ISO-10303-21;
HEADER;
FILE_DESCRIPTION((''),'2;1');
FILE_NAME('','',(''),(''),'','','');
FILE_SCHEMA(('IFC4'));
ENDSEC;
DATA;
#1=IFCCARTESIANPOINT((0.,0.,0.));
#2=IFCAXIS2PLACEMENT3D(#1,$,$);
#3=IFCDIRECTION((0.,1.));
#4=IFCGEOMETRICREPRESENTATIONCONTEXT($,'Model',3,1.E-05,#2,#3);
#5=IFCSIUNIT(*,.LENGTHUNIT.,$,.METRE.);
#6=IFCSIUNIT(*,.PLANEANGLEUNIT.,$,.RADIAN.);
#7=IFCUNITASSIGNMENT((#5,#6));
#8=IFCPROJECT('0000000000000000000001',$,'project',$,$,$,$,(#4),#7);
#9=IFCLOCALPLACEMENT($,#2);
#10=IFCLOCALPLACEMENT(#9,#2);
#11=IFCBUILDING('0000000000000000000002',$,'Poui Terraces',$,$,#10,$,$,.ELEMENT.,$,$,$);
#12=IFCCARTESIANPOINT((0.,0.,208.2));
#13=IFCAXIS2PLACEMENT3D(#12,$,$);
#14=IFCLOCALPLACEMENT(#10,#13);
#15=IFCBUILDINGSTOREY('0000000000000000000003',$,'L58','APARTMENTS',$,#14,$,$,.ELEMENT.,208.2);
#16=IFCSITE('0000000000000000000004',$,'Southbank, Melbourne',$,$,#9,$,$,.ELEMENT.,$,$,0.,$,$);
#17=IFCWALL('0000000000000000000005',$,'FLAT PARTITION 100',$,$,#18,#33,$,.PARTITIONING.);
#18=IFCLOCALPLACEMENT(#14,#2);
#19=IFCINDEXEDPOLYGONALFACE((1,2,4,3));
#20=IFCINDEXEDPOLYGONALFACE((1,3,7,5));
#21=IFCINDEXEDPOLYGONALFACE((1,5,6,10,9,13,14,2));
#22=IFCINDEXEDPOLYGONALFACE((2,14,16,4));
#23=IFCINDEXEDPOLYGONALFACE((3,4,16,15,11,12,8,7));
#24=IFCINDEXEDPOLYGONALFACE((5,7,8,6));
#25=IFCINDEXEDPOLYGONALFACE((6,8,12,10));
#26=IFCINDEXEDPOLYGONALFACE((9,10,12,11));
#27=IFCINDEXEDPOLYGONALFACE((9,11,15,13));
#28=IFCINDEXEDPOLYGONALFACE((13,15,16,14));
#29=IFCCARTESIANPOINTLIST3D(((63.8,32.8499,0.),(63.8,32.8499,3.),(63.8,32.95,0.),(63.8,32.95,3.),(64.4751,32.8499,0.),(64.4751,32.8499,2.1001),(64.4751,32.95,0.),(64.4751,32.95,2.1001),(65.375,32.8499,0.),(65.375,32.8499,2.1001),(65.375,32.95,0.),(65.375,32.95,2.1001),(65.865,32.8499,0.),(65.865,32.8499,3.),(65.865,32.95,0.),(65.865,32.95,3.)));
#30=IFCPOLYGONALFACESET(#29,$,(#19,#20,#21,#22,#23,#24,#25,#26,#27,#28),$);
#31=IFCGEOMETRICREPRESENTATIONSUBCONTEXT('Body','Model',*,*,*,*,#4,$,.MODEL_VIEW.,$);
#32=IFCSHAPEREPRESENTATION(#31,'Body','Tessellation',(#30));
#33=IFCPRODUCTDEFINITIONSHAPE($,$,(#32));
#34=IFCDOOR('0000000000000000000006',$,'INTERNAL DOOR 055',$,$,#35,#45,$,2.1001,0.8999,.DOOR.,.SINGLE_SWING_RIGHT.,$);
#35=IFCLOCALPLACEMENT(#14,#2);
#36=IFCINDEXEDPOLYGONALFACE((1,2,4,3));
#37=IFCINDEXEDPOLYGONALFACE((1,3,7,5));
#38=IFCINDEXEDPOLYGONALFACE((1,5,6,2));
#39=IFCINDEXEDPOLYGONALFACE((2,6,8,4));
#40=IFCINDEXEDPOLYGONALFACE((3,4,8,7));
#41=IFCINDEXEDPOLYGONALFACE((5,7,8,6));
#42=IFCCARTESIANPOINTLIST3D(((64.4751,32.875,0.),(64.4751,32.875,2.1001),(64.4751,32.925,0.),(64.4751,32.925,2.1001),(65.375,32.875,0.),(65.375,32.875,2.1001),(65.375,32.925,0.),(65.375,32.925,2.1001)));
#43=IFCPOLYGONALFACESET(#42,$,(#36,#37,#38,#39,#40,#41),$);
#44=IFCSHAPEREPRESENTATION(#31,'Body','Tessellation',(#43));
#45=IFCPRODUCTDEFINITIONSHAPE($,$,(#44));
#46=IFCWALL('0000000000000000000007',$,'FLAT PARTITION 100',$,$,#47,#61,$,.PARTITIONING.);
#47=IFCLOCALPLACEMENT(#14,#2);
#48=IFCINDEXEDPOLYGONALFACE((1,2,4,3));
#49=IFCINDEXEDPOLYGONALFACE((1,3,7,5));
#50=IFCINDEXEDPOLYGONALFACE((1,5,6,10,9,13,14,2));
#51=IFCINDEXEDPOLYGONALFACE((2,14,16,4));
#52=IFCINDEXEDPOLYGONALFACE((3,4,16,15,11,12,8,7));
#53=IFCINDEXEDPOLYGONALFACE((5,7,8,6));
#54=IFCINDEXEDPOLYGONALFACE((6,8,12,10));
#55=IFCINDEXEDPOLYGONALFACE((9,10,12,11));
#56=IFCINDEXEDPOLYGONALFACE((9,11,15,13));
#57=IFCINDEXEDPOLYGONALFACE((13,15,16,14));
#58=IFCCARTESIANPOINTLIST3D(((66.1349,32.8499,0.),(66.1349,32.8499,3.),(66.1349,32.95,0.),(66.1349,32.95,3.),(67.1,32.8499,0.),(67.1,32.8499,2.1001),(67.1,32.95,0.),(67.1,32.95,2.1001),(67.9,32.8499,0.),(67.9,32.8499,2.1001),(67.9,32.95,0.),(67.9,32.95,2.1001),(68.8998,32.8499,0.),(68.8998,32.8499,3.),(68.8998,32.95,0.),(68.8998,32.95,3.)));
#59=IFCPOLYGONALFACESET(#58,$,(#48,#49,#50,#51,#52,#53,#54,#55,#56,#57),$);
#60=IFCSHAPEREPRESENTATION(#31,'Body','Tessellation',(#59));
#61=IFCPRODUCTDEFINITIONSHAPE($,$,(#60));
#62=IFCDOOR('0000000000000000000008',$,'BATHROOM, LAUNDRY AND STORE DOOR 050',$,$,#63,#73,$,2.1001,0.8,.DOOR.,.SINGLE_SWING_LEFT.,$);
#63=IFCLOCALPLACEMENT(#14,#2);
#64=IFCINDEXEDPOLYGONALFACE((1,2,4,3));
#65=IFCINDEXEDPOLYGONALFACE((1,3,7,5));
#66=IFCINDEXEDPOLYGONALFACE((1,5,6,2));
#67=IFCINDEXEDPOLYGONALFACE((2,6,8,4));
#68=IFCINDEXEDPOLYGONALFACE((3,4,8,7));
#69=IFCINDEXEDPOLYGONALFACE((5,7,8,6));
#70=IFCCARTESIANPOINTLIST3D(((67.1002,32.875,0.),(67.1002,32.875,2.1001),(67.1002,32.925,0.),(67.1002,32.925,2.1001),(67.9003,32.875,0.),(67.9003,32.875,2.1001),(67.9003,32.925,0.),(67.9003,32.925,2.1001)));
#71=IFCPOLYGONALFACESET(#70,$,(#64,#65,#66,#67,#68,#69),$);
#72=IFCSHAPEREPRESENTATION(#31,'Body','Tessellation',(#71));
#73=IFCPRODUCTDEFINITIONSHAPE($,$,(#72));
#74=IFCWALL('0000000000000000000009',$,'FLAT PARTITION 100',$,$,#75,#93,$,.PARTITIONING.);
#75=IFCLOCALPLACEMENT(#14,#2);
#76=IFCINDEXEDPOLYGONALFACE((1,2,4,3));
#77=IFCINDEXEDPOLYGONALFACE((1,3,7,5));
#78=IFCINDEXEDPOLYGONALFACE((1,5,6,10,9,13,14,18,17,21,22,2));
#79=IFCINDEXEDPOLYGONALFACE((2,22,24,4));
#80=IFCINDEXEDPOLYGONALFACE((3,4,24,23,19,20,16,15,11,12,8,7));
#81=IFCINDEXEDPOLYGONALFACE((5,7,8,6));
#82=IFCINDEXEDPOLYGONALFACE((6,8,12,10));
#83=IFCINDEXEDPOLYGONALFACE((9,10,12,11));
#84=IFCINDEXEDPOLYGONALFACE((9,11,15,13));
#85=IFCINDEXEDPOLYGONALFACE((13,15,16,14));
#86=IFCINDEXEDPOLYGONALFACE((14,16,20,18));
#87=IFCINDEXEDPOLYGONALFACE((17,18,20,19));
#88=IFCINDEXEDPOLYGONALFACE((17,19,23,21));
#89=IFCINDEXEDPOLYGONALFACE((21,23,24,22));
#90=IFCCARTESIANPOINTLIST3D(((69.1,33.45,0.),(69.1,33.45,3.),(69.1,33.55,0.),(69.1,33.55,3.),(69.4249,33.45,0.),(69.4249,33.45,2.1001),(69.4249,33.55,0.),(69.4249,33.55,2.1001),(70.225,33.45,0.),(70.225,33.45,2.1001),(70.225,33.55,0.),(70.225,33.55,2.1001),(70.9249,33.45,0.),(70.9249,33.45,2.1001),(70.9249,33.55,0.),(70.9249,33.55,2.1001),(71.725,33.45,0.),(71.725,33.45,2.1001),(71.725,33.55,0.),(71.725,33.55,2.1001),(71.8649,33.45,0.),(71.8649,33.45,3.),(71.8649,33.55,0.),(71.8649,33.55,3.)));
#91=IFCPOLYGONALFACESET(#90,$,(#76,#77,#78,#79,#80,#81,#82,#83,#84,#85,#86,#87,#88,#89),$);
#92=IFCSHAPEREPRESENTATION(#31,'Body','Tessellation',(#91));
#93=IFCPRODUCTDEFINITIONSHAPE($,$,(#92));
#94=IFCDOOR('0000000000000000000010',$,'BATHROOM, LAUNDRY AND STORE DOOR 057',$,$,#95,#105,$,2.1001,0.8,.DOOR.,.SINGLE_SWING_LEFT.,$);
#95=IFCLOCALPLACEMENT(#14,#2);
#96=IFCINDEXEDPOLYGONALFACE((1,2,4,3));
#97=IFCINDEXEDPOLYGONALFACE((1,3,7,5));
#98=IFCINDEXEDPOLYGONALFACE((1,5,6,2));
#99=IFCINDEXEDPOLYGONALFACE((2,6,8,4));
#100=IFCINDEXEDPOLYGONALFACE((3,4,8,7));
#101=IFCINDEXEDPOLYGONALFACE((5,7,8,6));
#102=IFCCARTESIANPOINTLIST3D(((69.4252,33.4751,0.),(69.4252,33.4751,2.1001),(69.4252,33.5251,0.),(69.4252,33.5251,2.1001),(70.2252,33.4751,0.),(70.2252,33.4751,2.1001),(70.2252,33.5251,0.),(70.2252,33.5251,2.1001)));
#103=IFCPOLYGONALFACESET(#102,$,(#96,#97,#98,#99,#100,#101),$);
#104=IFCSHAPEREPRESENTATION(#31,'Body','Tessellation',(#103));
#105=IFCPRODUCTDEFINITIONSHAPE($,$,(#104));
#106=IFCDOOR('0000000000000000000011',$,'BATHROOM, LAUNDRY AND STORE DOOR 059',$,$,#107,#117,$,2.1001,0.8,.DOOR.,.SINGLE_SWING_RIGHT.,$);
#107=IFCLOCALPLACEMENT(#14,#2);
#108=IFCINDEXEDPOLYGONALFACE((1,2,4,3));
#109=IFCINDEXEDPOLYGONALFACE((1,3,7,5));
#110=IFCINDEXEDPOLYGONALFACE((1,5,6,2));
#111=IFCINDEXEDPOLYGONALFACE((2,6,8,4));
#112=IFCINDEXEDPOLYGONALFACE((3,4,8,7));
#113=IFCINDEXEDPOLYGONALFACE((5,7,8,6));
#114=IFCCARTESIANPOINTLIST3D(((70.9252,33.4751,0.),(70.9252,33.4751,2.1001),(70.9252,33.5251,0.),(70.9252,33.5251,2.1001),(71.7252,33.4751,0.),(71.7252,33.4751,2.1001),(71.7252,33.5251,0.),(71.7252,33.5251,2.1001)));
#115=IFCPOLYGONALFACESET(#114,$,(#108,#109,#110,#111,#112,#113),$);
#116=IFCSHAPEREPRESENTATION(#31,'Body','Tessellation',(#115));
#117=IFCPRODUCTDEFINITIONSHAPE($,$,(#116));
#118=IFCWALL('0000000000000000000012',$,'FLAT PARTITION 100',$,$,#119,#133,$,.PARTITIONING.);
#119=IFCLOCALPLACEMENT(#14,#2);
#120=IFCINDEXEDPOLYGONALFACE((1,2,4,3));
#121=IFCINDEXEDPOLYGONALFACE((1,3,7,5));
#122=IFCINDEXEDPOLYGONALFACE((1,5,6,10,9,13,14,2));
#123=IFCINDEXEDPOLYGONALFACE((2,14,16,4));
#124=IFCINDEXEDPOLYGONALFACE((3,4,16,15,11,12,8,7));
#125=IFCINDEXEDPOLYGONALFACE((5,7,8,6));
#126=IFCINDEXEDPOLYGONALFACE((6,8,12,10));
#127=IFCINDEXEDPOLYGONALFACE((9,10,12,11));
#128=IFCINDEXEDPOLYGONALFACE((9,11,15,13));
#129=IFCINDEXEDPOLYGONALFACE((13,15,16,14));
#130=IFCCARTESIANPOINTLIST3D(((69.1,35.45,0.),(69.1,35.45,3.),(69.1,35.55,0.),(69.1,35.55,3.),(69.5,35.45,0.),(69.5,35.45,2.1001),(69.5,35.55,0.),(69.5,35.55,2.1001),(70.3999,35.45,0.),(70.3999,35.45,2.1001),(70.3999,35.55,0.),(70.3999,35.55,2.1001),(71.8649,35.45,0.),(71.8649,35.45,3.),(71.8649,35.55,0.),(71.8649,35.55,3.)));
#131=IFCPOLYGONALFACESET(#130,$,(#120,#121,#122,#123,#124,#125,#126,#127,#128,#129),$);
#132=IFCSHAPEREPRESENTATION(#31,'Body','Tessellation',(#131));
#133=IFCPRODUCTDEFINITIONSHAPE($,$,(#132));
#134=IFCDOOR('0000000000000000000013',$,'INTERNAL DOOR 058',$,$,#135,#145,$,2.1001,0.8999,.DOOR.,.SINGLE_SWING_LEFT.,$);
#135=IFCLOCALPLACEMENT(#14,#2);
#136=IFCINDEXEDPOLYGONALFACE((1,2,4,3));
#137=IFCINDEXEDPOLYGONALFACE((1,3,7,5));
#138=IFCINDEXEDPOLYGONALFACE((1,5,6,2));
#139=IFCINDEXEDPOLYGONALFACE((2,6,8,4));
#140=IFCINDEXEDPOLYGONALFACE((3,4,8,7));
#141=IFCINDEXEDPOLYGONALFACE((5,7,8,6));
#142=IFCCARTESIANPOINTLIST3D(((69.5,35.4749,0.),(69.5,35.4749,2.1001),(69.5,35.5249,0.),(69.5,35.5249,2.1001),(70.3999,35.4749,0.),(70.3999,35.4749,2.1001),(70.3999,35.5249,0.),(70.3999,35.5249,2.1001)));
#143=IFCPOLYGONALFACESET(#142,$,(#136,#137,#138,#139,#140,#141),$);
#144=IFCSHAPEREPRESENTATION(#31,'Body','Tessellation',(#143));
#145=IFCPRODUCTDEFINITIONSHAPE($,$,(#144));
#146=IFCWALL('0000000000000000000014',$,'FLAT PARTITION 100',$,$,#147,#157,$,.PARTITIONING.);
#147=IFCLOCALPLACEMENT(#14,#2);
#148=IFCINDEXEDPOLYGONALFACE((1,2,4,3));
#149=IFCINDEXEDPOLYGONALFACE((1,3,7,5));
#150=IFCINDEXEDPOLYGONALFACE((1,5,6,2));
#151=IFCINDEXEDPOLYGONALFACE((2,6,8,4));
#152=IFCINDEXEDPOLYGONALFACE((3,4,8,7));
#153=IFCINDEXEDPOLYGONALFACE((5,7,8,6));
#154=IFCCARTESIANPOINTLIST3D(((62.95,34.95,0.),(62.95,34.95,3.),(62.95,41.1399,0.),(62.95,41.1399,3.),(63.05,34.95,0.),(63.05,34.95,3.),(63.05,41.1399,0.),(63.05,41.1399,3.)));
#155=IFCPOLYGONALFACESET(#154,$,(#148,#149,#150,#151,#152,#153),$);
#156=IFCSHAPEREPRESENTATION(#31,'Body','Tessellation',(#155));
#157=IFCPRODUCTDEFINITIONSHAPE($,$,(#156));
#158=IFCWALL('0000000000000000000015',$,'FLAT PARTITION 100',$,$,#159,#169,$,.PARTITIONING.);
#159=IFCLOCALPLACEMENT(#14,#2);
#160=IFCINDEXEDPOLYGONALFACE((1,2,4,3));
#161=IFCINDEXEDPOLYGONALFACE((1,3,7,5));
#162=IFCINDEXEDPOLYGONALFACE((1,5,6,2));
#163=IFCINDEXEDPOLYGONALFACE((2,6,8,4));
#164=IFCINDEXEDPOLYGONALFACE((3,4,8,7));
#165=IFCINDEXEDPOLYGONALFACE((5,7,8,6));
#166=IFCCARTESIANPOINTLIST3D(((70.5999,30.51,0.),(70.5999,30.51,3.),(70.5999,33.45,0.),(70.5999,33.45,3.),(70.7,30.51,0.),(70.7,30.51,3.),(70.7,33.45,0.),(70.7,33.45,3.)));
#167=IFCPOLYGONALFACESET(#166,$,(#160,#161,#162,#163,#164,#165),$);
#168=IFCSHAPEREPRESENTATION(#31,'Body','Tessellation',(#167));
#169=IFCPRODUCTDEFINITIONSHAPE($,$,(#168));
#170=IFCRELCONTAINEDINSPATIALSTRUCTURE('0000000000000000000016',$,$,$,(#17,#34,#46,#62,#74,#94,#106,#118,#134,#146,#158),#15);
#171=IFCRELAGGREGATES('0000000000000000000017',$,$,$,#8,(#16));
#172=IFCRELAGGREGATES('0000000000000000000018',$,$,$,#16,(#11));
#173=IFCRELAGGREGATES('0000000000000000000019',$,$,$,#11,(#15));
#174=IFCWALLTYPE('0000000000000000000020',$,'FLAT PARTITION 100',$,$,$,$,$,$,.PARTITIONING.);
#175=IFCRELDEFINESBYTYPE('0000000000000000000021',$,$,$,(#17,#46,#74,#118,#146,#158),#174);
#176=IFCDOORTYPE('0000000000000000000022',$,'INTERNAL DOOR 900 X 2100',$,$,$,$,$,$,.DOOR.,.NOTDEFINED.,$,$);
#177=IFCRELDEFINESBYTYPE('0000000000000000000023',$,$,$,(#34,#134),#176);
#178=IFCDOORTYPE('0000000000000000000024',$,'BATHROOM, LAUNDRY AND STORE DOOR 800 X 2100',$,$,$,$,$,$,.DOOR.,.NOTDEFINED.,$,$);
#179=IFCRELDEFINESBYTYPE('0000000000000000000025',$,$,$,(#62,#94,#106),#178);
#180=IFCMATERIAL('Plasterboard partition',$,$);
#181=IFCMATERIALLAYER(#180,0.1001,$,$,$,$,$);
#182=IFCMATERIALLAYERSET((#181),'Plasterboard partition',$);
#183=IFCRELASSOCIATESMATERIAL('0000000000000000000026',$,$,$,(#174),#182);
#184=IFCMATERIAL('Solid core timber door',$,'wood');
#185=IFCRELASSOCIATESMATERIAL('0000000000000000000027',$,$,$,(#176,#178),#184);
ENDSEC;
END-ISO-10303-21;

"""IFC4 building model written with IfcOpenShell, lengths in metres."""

from ifc_helpers import new_model, si_unit, direction, frame, frame_2d, origin, place, context, subcontext, project, spatial, rectangle, extrude, material, layer, layer_set, type_object, element, fill, save


model = new_model("IFC4")

# Units and contexts
model_context = context("Model", 3, precision=1e-05, world=origin(), true_north=direction((0.0, 1.0)))
body_context = subcontext(model_context, "Body", "Model", "MODEL_VIEW")
ifc_project = project(units=[si_unit("LENGTHUNIT", "METRE"), si_unit("PLANEANGLEUNIT", "RADIAN")], contexts=[model_context])

# Site, building, storey
site_placement = place(None, origin())
site = spatial("IfcSite", under=ifc_project, at=site_placement, Name="Southbank, Melbourne", CompositionType="ELEMENT", RefElevation=0.0)
building_placement = place(site_placement, origin())
building = spatial("IfcBuilding", under=site, at=building_placement, Name="Poui Terraces", CompositionType="ELEMENT")
storey_placement = place(building_placement, frame((0.0, 0.0, 208.2)))
storey = spatial("IfcBuildingStorey", under=building, at=storey_placement, Name="L58", Description="APARTMENTS", CompositionType="ELEMENT", Elevation=208.2)

# Walls, openings, doors
ifc_material_1 = material(Name="Plasterboard partition")
ifc_layer_1 = layer(ifc_material_1, 0.1001)
ifc_layer_set_1 = layer_set([ifc_layer_1], Name="Plasterboard partition")
wall_type_1 = type_object("IfcWallType", Name="FLAT PARTITION 100", PredefinedType="PARTITIONING", material=ifc_layer_set_1)
wall_1_placement = place(storey_placement, frame((63.8, 32.8999, 0.0), z_axis=(0.0, 0.0, 1.0), x_axis=(1.0, 0.0, 0.0)))
wall_1 = element("IfcWall", 1, at=wall_1_placement, inside=storey, type_object=wall_type_1, Name="FLAT PARTITION 100", PredefinedType="PARTITIONING", context=body_context, shape_type="SweptSolid", body=[
    extrude(rectangle(XDim=2.0649, YDim=0.1001, at=frame_2d((1.0325, 0.0))), origin(), (0.0, 0.0, 1.0), 3.0),
])
opening_1_placement = place(wall_1_placement, frame((0.675, 0.0, 0.0)))
opening_1 = element("IfcOpeningElement", 2, at=opening_1_placement, cuts=wall_1, PredefinedType="OPENING", context=body_context, shape_type="SweptSolid", body=[
    extrude(rectangle(XDim=0.8999, YDim=2.1001, at=frame_2d((0.45, 1.05))), frame((0.0, 0.0601, 0.0), z_axis=(0.0, -1.0, 0.0), x_axis=(1.0, 0.0, 0.0)), (0.0, 0.0, 1.0), 0.1201),
])
ifc_material_2 = material(Name="Solid core timber door", Category="wood")
door_type_1 = type_object("IfcDoorType", Name="INTERNAL DOOR 900 X 2100", OperationType="NOTDEFINED", PredefinedType="DOOR", material=ifc_material_2)
door_1_placement = place(opening_1_placement, frame((0.8999, 0.0, 0.0), z_axis=(0.0, 0.0, 1.0), x_axis=(-1.0, 0.0, 0.0)))
door_1 = element("IfcDoor", 3, at=door_1_placement, inside=storey, type_object=door_type_1, Name="INTERNAL DOOR 055", OperationType="SINGLE_SWING_RIGHT", OverallHeight=2.1001, OverallWidth=0.8999, PredefinedType="DOOR", context=body_context, shape_type="SweptSolid", body=[
    extrude(rectangle(XDim=0.8999, YDim=2.1001, at=frame_2d((0.45, 1.05))), frame((0.0, 0.0249, 0.0), z_axis=(0.0, -1.0, 0.0), x_axis=(1.0, 0.0, 0.0)), (0.0, 0.0, 1.0), 0.05),
])
fill(opening_1, door_1)
wall_2_placement = place(storey_placement, frame((66.135, 32.8999, 0.0), z_axis=(0.0, 0.0, 1.0), x_axis=(1.0, 0.0, 0.0)))
wall_2 = element("IfcWall", 4, at=wall_2_placement, inside=storey, type_object=wall_type_1, Name="FLAT PARTITION 100", PredefinedType="PARTITIONING", context=body_context, shape_type="SweptSolid", body=[
    extrude(rectangle(XDim=2.7649, YDim=0.1001, at=frame_2d((1.3823, 0.0))), origin(), (0.0, 0.0, 1.0), 3.0),
])
opening_2_placement = place(wall_2_placement, frame((0.9651, 0.0, 0.0)))
opening_2 = element("IfcOpeningElement", 5, at=opening_2_placement, cuts=wall_2, PredefinedType="OPENING", context=body_context, shape_type="SweptSolid", body=[
    extrude(rectangle(XDim=0.8, YDim=2.1001, at=frame_2d((0.3999, 1.05))), frame((0.0, 0.0601, 0.0), z_axis=(0.0, -1.0, 0.0), x_axis=(1.0, 0.0, 0.0)), (0.0, 0.0, 1.0), 0.1201),
])
door_type_2 = type_object("IfcDoorType", Name="BATHROOM, LAUNDRY AND STORE DOOR 800 X 2100", OperationType="NOTDEFINED", PredefinedType="DOOR", material=ifc_material_2)
door_2_placement = place(opening_2_placement, frame((0.8, 0.0, 0.0), z_axis=(0.0, 0.0, 1.0), x_axis=(-1.0, 0.0, 0.0)))
door_2 = element("IfcDoor", 6, at=door_2_placement, inside=storey, type_object=door_type_2, Name="BATHROOM, LAUNDRY AND STORE DOOR 050", OperationType="SINGLE_SWING_LEFT", OverallHeight=2.1001, OverallWidth=0.8, PredefinedType="DOOR", context=body_context, shape_type="SweptSolid", body=[
    extrude(rectangle(XDim=0.8, YDim=2.1001, at=frame_2d((0.3999, 1.05))), frame((0.0, 0.0249, 0.0), z_axis=(0.0, -1.0, 0.0), x_axis=(1.0, 0.0, 0.0)), (0.0, 0.0, 1.0), 0.05),
])
fill(opening_2, door_2)

# Wall, openings, doors
wall_3_placement = place(storey_placement, frame((69.1001, 33.5, 0.0), z_axis=(0.0, 0.0, 1.0), x_axis=(1.0, 0.0, 0.0)))
wall_3 = element("IfcWall", 7, at=wall_3_placement, inside=storey, type_object=wall_type_1, Name="FLAT PARTITION 100", PredefinedType="PARTITIONING", context=body_context, shape_type="SweptSolid", body=[
    extrude(rectangle(XDim=2.7649, YDim=0.1001, at=frame_2d((1.3823, 0.0))), origin(), (0.0, 0.0, 1.0), 3.0),
])
opening_3_placement = place(wall_3_placement, frame((0.325, 0.0, 0.0)))
opening_3 = element("IfcOpeningElement", 8, at=opening_3_placement, cuts=wall_3, PredefinedType="OPENING", context=body_context, shape_type="SweptSolid", body=[
    extrude(rectangle(XDim=0.8, YDim=2.1001, at=frame_2d((0.3999, 1.05))), frame((0.0, 0.0601, 0.0), z_axis=(0.0, -1.0, 0.0), x_axis=(1.0, 0.0, 0.0)), (0.0, 0.0, 1.0), 0.1201),
])
opening_4_placement = place(wall_3_placement, frame((1.825, 0.0, 0.0)))
opening_4 = element("IfcOpeningElement", 9, at=opening_4_placement, cuts=wall_3, PredefinedType="OPENING", context=body_context, shape_type="SweptSolid", body=[
    extrude(rectangle(XDim=0.8, YDim=2.1001, at=frame_2d((0.3999, 1.05))), frame((0.0, 0.0601, 0.0), z_axis=(0.0, -1.0, 0.0), x_axis=(1.0, 0.0, 0.0)), (0.0, 0.0, 1.0), 0.1201),
])
door_3_placement = place(opening_3_placement, frame((0.8, 0.0, 0.0), z_axis=(0.0, 0.0, 1.0), x_axis=(-1.0, 0.0, 0.0)))
door_3 = element("IfcDoor", 10, at=door_3_placement, inside=storey, type_object=door_type_2, Name="BATHROOM, LAUNDRY AND STORE DOOR 057", OperationType="SINGLE_SWING_LEFT", OverallHeight=2.1001, OverallWidth=0.8, PredefinedType="DOOR", context=body_context, shape_type="SweptSolid", body=[
    extrude(rectangle(XDim=0.8, YDim=2.1001, at=frame_2d((0.3999, 1.05))), frame((0.0, 0.0249, 0.0), z_axis=(0.0, -1.0, 0.0), x_axis=(1.0, 0.0, 0.0)), (0.0, 0.0, 1.0), 0.05),
])
fill(opening_3, door_3)
door_4_placement = place(opening_4_placement, frame((0.8, 0.0, 0.0), z_axis=(0.0, 0.0, 1.0), x_axis=(-1.0, 0.0, 0.0)))
door_4 = element("IfcDoor", 11, at=door_4_placement, inside=storey, type_object=door_type_2, Name="BATHROOM, LAUNDRY AND STORE DOOR 059", OperationType="SINGLE_SWING_RIGHT", OverallHeight=2.1001, OverallWidth=0.8, PredefinedType="DOOR", context=body_context, shape_type="SweptSolid", body=[
    extrude(rectangle(XDim=0.8, YDim=2.1001, at=frame_2d((0.3999, 1.05))), frame((0.0, 0.0249, 0.0), z_axis=(0.0, -1.0, 0.0), x_axis=(1.0, 0.0, 0.0)), (0.0, 0.0, 1.0), 0.05),
])
fill(opening_4, door_4)

# Wall, opening, door
wall_4_placement = place(storey_placement, frame((69.1001, 35.5, 0.0), z_axis=(0.0, 0.0, 1.0), x_axis=(1.0, 0.0, 0.0)))
wall_4 = element("IfcWall", 12, at=wall_4_placement, inside=storey, type_object=wall_type_1, Name="FLAT PARTITION 100", PredefinedType="PARTITIONING", context=body_context, shape_type="SweptSolid", body=[
    extrude(rectangle(XDim=2.7649, YDim=0.1001, at=frame_2d((1.3823, 0.0))), origin(), (0.0, 0.0, 1.0), 3.0),
])
opening_5_placement = place(wall_4_placement, frame((0.3999, 0.0, 0.0)))
opening_5 = element("IfcOpeningElement", 13, at=opening_5_placement, cuts=wall_4, PredefinedType="OPENING", context=body_context, shape_type="SweptSolid", body=[
    extrude(rectangle(XDim=0.8999, YDim=2.1001, at=frame_2d((0.45, 1.05))), frame((0.0, 0.0601, 0.0), z_axis=(0.0, -1.0, 0.0), x_axis=(1.0, 0.0, 0.0)), (0.0, 0.0, 1.0), 0.1201),
])
door_5_placement = place(opening_5_placement, origin())
door_5 = element("IfcDoor", 14, at=door_5_placement, inside=storey, type_object=door_type_1, Name="INTERNAL DOOR 058", OperationType="SINGLE_SWING_LEFT", OverallHeight=2.1001, OverallWidth=0.8999, PredefinedType="DOOR", context=body_context, shape_type="SweptSolid", body=[
    extrude(rectangle(XDim=0.8999, YDim=2.1001, at=frame_2d((0.45, 1.05))), frame((0.0, 0.0249, 0.0), z_axis=(0.0, -1.0, 0.0), x_axis=(1.0, 0.0, 0.0)), (0.0, 0.0, 1.0), 0.05),
])
fill(opening_5, door_5)

# Walls
wall_5_placement = place(storey_placement, frame((63.0, 34.95, 0.0), z_axis=(0.0, 0.0, 1.0), x_axis=(0.0, 1.0, 0.0)))
element("IfcWall", 15, at=wall_5_placement, inside=storey, type_object=wall_type_1, Name="FLAT PARTITION 100", PredefinedType="PARTITIONING", context=body_context, shape_type="SweptSolid", body=[
    extrude(rectangle(XDim=6.1899, YDim=0.1001, at=frame_2d((3.095, 0.0))), origin(), (0.0, 0.0, 1.0), 3.0),
])
wall_6_placement = place(storey_placement, frame((70.6499, 30.51, 0.0), z_axis=(0.0, 0.0, 1.0), x_axis=(0.0, 1.0, 0.0)))
element("IfcWall", 16, at=wall_6_placement, inside=storey, type_object=wall_type_1, Name="FLAT PARTITION 100", PredefinedType="PARTITIONING", context=body_context, shape_type="SweptSolid", body=[
    extrude(rectangle(XDim=2.9399, YDim=0.1001, at=frame_2d((1.47, 0.0))), origin(), (0.0, 0.0, 1.0), 3.0),
])

save(model, "model.ifc")
